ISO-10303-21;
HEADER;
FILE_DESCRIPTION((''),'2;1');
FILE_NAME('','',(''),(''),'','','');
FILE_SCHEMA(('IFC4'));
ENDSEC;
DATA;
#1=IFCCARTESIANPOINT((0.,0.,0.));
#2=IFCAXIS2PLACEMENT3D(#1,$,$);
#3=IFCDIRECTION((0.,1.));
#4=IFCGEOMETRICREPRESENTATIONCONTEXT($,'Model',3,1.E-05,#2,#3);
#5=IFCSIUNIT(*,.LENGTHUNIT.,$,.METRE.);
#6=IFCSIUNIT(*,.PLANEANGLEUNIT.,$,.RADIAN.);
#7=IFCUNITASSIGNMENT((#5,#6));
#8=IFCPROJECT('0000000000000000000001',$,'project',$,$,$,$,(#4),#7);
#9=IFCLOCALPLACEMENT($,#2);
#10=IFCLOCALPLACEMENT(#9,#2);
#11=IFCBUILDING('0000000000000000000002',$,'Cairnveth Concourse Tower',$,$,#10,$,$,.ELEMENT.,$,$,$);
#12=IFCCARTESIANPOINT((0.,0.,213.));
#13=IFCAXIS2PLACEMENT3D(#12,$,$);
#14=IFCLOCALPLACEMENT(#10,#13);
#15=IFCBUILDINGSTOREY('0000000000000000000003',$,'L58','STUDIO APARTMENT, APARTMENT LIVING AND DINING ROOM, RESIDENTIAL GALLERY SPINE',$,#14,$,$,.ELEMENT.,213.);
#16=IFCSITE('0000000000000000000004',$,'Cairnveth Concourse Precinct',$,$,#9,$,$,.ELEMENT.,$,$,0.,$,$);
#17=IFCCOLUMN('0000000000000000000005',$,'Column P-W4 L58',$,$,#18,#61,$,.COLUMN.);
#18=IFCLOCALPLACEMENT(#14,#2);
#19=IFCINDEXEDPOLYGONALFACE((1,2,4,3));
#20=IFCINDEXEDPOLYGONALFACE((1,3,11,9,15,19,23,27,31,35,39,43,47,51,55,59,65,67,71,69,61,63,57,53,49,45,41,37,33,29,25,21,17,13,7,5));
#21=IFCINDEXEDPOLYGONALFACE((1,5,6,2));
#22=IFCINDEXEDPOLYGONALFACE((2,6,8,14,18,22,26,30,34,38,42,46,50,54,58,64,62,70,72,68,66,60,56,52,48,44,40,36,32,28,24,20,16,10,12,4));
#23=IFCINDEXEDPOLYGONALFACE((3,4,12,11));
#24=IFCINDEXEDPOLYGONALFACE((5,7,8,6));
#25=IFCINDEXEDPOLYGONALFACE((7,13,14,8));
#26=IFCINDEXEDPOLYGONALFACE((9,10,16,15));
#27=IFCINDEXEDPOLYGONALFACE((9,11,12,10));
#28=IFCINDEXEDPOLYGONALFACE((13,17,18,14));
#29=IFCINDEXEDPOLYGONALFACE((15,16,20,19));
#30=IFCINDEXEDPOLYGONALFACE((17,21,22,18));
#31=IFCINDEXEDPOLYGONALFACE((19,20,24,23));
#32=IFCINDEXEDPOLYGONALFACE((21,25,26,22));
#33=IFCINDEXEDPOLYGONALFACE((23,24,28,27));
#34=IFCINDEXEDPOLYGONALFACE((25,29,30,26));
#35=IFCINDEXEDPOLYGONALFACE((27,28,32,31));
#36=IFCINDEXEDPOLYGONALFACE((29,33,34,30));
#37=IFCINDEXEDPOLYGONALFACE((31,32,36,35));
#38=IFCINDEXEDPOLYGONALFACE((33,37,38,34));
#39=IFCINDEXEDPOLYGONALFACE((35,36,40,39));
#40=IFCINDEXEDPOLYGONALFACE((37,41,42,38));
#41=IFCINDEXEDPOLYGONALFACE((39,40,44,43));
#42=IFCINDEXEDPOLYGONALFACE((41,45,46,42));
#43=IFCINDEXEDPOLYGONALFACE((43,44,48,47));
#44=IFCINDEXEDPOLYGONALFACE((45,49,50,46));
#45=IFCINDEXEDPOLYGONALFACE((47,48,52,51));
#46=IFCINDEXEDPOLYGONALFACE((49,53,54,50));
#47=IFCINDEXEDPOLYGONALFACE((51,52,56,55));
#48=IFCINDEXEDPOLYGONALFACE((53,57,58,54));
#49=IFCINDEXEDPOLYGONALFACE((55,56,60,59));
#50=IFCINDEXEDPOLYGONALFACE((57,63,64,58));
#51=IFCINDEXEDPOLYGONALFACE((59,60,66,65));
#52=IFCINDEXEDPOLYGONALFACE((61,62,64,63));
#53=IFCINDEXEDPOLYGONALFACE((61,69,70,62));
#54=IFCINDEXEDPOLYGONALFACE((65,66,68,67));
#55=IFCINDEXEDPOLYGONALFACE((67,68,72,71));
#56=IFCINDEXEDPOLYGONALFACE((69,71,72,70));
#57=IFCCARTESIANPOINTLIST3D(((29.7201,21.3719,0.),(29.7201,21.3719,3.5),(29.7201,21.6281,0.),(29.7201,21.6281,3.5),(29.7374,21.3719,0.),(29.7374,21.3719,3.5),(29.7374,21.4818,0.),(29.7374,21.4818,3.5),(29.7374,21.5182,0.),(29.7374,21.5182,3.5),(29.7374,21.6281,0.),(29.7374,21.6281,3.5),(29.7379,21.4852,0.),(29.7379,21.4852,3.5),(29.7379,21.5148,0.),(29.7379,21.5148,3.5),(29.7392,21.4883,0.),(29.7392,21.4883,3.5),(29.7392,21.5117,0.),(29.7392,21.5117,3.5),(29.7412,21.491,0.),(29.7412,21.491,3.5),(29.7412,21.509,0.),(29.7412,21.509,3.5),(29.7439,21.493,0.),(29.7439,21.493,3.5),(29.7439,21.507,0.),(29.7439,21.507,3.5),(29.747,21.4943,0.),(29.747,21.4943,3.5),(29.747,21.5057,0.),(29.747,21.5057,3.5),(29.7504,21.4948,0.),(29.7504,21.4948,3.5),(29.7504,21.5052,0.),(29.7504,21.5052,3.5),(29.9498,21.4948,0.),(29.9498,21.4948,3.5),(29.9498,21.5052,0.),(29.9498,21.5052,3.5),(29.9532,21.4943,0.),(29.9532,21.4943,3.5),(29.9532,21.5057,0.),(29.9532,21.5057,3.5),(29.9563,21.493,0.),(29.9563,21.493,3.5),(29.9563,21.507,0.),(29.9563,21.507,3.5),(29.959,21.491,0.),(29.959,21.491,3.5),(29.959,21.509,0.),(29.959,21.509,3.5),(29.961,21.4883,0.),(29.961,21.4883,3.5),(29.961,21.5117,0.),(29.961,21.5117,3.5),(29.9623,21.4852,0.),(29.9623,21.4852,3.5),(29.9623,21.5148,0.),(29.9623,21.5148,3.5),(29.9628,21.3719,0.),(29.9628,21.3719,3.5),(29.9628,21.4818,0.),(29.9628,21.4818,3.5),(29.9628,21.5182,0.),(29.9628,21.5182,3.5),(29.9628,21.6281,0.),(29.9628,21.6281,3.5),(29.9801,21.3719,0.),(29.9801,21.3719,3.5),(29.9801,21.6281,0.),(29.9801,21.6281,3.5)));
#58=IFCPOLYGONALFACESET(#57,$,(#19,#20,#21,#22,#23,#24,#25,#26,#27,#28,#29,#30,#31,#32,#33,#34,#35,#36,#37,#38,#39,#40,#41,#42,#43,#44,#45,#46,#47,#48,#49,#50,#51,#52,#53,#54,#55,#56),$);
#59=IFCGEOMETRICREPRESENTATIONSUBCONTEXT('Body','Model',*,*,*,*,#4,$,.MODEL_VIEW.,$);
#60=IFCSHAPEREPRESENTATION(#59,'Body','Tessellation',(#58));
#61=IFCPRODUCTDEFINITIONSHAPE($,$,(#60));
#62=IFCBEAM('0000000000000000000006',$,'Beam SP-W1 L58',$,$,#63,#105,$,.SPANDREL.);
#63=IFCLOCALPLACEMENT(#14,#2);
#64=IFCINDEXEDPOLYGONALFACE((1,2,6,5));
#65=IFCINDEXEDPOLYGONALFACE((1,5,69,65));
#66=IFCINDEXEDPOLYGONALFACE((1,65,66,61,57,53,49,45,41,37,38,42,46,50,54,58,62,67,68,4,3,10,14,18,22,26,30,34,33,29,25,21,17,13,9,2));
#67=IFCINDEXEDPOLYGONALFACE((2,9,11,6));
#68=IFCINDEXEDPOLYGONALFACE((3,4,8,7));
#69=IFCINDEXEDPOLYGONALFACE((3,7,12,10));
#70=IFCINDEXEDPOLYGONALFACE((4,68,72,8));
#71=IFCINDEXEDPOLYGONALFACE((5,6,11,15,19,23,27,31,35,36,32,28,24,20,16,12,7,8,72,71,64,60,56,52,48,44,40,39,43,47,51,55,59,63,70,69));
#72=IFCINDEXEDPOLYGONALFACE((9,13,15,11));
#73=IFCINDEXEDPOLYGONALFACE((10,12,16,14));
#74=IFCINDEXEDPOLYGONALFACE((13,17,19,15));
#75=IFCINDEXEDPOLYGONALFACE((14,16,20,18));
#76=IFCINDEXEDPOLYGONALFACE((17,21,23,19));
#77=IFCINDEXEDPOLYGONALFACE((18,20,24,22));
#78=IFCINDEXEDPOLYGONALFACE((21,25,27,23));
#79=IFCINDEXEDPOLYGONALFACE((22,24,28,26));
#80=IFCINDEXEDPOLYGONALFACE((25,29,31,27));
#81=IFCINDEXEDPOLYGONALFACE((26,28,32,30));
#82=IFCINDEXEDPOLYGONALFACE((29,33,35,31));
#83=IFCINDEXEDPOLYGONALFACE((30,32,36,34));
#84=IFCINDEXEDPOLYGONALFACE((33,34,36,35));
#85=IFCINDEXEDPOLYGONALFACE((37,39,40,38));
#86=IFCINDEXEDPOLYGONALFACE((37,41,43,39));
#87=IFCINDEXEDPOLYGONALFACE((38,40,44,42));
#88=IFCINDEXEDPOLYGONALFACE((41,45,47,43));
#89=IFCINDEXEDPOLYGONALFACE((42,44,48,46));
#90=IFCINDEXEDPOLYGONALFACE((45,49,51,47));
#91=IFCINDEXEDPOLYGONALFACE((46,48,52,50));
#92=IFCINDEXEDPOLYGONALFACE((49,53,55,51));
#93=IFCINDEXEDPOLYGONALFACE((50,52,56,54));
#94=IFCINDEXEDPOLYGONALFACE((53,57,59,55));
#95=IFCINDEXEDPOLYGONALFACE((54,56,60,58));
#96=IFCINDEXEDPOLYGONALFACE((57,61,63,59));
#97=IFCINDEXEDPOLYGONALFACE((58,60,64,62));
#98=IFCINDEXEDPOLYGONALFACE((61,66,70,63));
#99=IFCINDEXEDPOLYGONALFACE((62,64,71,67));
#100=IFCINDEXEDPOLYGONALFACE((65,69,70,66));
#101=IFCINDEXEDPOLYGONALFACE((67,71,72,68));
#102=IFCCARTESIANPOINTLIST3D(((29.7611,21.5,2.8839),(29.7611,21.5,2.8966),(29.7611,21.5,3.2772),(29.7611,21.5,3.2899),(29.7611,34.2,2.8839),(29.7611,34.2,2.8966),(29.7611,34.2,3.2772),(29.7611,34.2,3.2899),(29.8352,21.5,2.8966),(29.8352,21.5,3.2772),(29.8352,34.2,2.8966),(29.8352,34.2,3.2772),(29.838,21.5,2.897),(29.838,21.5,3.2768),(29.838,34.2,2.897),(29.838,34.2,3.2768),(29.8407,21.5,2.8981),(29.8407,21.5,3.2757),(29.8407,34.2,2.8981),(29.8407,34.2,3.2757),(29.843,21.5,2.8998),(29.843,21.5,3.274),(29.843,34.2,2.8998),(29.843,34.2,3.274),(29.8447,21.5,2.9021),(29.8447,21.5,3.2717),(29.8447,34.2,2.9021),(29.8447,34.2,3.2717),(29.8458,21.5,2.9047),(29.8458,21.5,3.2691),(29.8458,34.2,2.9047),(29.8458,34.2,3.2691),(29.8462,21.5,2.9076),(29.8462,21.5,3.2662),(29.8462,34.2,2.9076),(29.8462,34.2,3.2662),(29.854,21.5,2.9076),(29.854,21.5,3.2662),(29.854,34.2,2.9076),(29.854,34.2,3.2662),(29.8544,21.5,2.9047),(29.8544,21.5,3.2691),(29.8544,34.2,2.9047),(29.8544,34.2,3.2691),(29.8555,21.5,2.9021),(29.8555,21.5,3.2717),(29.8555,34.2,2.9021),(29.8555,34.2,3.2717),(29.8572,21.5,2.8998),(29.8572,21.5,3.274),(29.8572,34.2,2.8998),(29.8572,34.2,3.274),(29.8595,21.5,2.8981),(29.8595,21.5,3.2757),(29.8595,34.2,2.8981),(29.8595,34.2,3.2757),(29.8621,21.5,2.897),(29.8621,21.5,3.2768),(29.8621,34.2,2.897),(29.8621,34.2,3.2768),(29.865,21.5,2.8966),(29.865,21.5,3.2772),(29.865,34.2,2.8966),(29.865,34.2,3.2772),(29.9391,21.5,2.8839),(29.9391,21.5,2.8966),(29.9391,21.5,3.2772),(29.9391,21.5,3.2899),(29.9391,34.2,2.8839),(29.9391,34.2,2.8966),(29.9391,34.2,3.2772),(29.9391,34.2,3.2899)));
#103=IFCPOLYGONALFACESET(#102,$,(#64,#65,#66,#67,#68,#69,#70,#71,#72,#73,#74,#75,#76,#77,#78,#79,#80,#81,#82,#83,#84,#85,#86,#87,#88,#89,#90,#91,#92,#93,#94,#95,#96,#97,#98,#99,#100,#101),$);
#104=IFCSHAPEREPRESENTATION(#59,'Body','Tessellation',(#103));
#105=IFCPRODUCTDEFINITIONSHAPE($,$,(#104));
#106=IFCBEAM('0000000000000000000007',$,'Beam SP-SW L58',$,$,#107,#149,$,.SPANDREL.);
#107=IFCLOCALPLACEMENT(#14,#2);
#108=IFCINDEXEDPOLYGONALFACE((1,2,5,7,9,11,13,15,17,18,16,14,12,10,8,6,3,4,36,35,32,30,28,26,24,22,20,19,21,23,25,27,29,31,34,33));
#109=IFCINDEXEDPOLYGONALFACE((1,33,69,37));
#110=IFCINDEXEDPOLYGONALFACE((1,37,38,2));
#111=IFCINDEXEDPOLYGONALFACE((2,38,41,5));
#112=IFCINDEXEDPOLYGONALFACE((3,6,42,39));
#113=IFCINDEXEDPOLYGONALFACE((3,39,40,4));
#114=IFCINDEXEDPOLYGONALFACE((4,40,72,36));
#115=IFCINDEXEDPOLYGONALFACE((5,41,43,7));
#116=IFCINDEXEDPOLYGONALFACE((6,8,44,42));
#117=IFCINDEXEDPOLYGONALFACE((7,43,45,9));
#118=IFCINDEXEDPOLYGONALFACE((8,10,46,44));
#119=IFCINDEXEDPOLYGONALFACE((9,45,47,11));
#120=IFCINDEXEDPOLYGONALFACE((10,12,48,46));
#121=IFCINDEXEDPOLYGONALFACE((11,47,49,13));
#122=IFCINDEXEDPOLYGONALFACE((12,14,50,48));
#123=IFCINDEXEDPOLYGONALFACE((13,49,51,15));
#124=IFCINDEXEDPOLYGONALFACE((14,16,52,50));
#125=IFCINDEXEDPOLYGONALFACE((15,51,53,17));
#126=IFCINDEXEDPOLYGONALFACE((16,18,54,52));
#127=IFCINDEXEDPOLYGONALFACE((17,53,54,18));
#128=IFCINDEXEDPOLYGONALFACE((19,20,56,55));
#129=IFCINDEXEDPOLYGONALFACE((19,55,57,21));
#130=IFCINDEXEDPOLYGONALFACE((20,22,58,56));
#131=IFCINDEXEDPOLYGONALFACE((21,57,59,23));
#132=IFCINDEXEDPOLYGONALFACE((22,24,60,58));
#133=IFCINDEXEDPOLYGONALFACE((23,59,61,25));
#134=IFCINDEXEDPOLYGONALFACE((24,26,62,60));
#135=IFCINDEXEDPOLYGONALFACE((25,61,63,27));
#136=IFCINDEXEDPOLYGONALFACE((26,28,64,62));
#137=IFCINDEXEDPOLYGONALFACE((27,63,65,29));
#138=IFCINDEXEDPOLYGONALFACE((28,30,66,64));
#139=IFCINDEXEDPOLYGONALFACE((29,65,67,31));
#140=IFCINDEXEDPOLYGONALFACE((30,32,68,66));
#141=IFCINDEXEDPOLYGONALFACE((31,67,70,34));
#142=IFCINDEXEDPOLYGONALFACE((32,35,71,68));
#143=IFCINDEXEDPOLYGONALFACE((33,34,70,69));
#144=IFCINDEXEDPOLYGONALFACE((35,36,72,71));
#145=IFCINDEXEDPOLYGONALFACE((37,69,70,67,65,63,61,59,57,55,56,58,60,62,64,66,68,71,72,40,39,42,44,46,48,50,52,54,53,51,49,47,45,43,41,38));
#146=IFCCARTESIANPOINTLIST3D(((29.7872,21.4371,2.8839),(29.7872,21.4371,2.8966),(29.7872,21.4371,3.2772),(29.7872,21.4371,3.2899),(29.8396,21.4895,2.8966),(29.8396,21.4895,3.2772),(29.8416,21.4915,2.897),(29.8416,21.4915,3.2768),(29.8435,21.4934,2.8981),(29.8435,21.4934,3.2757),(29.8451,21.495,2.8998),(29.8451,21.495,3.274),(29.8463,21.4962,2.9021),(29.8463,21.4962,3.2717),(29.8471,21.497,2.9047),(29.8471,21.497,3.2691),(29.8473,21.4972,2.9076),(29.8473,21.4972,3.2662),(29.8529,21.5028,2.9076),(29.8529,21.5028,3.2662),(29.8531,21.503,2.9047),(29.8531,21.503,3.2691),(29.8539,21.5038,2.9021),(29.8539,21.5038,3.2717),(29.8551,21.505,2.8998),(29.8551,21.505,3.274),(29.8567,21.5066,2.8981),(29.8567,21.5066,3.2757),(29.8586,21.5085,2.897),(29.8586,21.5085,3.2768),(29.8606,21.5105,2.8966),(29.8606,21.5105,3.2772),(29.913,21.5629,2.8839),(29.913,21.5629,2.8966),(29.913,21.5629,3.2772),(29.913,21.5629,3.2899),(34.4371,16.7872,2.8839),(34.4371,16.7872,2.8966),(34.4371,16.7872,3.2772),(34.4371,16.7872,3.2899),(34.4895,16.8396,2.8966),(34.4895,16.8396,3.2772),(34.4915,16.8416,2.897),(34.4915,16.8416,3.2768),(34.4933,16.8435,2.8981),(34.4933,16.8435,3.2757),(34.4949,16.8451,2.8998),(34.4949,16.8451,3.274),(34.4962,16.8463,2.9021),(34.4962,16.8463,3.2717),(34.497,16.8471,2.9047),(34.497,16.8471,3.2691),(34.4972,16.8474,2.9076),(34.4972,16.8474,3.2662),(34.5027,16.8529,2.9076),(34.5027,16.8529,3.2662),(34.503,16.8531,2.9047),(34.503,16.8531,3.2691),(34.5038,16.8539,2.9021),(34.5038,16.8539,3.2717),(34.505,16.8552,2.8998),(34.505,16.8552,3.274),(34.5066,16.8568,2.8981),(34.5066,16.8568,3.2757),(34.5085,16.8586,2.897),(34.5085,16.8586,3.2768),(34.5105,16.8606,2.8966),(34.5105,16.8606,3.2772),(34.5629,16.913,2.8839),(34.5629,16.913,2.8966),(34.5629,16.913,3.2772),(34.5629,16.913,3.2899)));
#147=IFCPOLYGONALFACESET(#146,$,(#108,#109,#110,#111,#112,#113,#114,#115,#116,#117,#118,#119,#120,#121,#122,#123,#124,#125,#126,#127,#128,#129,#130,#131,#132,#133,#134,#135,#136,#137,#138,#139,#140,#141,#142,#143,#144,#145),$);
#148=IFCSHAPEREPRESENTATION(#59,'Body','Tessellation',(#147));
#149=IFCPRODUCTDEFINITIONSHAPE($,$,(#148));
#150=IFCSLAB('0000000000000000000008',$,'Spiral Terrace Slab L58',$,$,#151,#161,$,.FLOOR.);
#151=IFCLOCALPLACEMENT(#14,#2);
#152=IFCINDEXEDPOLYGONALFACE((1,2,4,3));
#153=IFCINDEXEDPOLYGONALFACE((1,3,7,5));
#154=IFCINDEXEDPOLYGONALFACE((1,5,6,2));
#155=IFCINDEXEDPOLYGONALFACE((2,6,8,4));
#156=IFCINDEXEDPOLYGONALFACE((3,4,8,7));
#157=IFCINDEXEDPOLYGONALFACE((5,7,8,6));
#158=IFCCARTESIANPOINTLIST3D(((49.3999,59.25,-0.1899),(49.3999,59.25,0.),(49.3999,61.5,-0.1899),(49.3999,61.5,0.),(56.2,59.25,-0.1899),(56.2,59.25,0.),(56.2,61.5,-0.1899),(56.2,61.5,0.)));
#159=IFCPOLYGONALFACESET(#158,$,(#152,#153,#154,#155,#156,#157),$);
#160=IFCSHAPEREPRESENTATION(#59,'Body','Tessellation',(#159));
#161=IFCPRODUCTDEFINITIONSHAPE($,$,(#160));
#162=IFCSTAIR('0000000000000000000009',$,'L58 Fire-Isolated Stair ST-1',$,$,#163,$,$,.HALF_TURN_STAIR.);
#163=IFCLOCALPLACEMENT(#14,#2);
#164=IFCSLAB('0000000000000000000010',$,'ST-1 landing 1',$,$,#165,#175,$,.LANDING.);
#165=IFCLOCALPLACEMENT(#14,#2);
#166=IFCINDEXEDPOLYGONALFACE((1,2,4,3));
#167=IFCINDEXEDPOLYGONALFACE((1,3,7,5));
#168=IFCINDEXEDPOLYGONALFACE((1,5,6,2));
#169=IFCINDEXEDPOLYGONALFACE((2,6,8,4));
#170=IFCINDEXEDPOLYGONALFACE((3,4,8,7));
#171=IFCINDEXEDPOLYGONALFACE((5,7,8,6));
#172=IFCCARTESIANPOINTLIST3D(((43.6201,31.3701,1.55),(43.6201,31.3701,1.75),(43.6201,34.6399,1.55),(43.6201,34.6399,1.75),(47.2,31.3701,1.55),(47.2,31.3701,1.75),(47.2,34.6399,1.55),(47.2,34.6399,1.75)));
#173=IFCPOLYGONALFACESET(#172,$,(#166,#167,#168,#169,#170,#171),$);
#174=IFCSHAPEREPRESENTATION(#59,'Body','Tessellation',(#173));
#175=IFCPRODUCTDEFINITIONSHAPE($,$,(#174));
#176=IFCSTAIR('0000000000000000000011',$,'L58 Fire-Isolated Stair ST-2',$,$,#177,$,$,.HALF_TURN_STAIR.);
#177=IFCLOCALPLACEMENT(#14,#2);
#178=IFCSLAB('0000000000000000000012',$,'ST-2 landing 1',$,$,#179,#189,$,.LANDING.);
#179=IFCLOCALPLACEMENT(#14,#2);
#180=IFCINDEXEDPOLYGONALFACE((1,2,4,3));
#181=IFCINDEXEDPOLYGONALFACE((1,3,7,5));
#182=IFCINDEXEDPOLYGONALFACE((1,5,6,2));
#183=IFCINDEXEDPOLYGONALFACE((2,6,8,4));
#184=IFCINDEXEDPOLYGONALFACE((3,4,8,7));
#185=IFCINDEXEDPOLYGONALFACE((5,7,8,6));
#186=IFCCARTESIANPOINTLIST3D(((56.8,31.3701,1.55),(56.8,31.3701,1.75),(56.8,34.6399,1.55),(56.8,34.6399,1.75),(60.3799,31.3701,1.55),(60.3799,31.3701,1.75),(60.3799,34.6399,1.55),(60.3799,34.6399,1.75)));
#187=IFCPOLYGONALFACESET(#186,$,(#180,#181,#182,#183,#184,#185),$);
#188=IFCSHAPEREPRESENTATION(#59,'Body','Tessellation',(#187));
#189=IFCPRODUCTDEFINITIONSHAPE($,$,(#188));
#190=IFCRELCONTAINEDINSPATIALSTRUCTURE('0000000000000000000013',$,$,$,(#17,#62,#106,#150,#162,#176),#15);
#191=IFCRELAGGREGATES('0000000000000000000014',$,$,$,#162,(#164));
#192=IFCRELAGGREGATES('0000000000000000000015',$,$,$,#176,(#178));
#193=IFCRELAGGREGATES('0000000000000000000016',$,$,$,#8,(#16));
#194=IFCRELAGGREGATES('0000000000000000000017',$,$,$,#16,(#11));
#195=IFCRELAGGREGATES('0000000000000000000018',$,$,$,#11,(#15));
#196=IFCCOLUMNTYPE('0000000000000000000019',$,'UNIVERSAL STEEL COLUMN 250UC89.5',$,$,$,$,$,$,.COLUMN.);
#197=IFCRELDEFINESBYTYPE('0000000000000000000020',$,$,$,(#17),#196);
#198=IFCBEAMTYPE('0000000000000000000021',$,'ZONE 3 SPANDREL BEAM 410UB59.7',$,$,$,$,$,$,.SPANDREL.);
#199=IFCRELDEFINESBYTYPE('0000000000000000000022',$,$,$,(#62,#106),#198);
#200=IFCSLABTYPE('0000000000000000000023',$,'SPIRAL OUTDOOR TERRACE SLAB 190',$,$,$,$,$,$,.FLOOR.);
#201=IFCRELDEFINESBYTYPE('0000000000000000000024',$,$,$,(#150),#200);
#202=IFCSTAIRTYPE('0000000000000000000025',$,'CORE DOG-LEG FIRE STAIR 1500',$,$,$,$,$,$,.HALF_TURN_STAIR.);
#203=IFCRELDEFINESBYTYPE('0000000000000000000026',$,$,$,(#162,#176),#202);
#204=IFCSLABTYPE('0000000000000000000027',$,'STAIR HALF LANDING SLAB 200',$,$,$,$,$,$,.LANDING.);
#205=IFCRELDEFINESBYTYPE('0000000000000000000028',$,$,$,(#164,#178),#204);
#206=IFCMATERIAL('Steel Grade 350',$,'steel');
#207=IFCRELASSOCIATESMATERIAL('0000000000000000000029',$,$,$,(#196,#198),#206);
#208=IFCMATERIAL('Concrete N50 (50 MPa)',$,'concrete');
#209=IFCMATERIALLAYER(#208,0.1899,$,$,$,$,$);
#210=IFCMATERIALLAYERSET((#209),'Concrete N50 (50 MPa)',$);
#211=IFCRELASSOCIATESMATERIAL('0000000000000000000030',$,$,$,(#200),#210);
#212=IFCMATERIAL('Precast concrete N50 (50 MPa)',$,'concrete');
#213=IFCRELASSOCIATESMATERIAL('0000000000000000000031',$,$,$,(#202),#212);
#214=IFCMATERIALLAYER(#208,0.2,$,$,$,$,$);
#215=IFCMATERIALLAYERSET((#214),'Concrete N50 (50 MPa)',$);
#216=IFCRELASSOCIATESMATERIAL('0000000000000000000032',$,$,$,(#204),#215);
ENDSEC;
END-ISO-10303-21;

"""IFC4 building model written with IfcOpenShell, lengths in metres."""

from ifc_helpers import new_model, si_unit, direction, frame, origin, origin_2d, place, context, subcontext, project, spatial, polyline, i_section, outline, extrude, material, layer, layer_set, material_profile, profile_set, type_object, element, aggregate, save


model = new_model("IFC4")

# Units and contexts
model_context = context("Model", 3, precision=1e-05, world=origin(), true_north=direction((0.0, 1.0)))
body_context = subcontext(model_context, "Body", "Model", "MODEL_VIEW")
ifc_project = project(units=[si_unit("LENGTHUNIT", "METRE"), si_unit("PLANEANGLEUNIT", "RADIAN")], contexts=[model_context])

# Site, building, storey
site_placement = place(None, origin())
site = spatial("IfcSite", under=ifc_project, at=site_placement, Name="Cairnveth Concourse Precinct", CompositionType="ELEMENT", RefElevation=0.0)
building_placement = place(site_placement, origin())
building = spatial("IfcBuilding", under=site, at=building_placement, Name="Cairnveth Concourse Tower", CompositionType="ELEMENT")
storey_placement = place(building_placement, frame((0.0, 0.0, 213.0)))
storey = spatial("IfcBuildingStorey", under=building, at=storey_placement, Name="L58", Description="STUDIO APARTMENT, APARTMENT LIVING AND DINING ROOM, RESIDENTIAL GALLERY SPINE", CompositionType="ELEMENT", Elevation=213.0)

# Column
ifc_material_1 = material(Name="Steel Grade 350", Category="steel")
ifc_material_profile_1 = material_profile(ifc_material_1, i_section(OverallWidth=0.2561, OverallDepth=0.26, WebThickness=0.0105, FlangeThickness=0.0173, FilletRadius=0.0129, at=origin_2d()), Name="250UC89.5")
ifc_profile_set_1 = profile_set([ifc_material_profile_1], Name="Steel Grade 350")
column_type = type_object("IfcColumnType", Name="UNIVERSAL STEEL COLUMN 250UC89.5", PredefinedType="COLUMN", material=ifc_profile_set_1)
column_placement = place(storey_placement, frame((29.8501, 21.5, 0.0), z_axis=(0.0, 0.0, 1.0), x_axis=(0.0, 1.0, 0.0)))
element("IfcColumn", 1, at=column_placement, inside=storey, type_object=column_type, Name="Column P-W4 L58", PredefinedType="COLUMN", context=body_context, shape_type="SweptSolid", body=[
    extrude(i_section(OverallWidth=0.2561, OverallDepth=0.26, WebThickness=0.0105, FlangeThickness=0.0173, FilletRadius=0.0129, at=origin_2d()), origin(), (0.0, 0.0, 1.0), 3.5),
])

# Beams
ifc_material_profile_2 = material_profile(ifc_material_1, i_section(OverallWidth=0.178, OverallDepth=0.406, WebThickness=0.0078, FlangeThickness=0.0127, FilletRadius=0.011, at=origin_2d()), Name="410UB59.7")
ifc_profile_set_2 = profile_set([ifc_material_profile_2], Name="Steel Grade 350")
beam_type = type_object("IfcBeamType", Name="ZONE 3 SPANDREL BEAM 410UB59.7", PredefinedType="SPANDREL", material=ifc_profile_set_2)
beam_1_placement = place(storey_placement, frame((29.8501, 21.5, 3.0869), z_axis=(0.0, 1.0, 0.0), x_axis=(-1.0, 0.0, 0.0)))
element("IfcBeam", 2, at=beam_1_placement, inside=storey, type_object=beam_type, Name="Beam SP-W1 L58", PredefinedType="SPANDREL", context=body_context, shape_type="SweptSolid", body=[
    extrude(i_section(OverallWidth=0.178, OverallDepth=0.406, WebThickness=0.0078, FlangeThickness=0.0127, FilletRadius=0.011, at=origin_2d()), origin(), (0.0, 0.0, 1.0), 12.7),
])
beam_2_placement = place(storey_placement, frame((29.8501, 21.5, 3.0869), z_axis=(0.707107, -0.707107, 0.0), x_axis=(0.707107, 0.707107, 0.0)))
element("IfcBeam", 3, at=beam_2_placement, inside=storey, type_object=beam_type, Name="Beam SP-SW L58", PredefinedType="SPANDREL", context=body_context, shape_type="SweptSolid", body=[
    extrude(i_section(OverallWidth=0.178, OverallDepth=0.406, WebThickness=0.0078, FlangeThickness=0.0127, FilletRadius=0.011, at=origin_2d()), origin(), (0.0, 0.0, 1.0), 6.5759),
])

# Slab
ifc_material_2 = material(Name="Concrete N50 (50 MPa)", Category="concrete")
ifc_layer_1 = layer(ifc_material_2, 0.1899)
ifc_layer_set_1 = layer_set([ifc_layer_1], Name="Concrete N50 (50 MPa)")
slab_type_1 = type_object("IfcSlabType", Name="SPIRAL OUTDOOR TERRACE SLAB 190", PredefinedType="FLOOR", material=ifc_layer_set_1)
slab_1_placement = place(storey_placement, frame((0.0, 0.0, -0.1899)))
element("IfcSlab", 4, at=slab_1_placement, inside=storey, type_object=slab_type_1, Name="Spiral Terrace Slab L58", PredefinedType="FLOOR", context=body_context, shape_type="SweptSolid", body=[
    extrude(outline(polyline([(49.3999, 59.25), (56.2, 59.25), (56.2, 61.5), (49.3999, 61.5), (49.3999, 59.25)])), origin(), (0.0, 0.0, 1.0), 0.1899),
])

# Stairs, slabs
ifc_material_3 = material(Name="Precast concrete N50 (50 MPa)", Category="concrete")
stair_type = type_object("IfcStairType", Name="CORE DOG-LEG FIRE STAIR 1500", PredefinedType="HALF_TURN_STAIR", material=ifc_material_3)
stair_1_placement = place(storey_placement, origin())
stair_1 = element("IfcStair", 5, at=stair_1_placement, inside=storey, type_object=stair_type, Name="L58 Fire-Isolated Stair ST-1", PredefinedType="HALF_TURN_STAIR")
ifc_layer_2 = layer(ifc_material_2, 0.2)
ifc_layer_set_2 = layer_set([ifc_layer_2], Name="Concrete N50 (50 MPa)")
slab_type_2 = type_object("IfcSlabType", Name="STAIR HALF LANDING SLAB 200", PredefinedType="LANDING", material=ifc_layer_set_2)
slab_2_placement = place(storey_placement, frame((0.0, 0.0, 1.55)))
slab_2 = element("IfcSlab", 6, at=slab_2_placement, type_object=slab_type_2, Name="ST-1 landing 1", PredefinedType="LANDING", context=body_context, shape_type="SweptSolid", body=[
    extrude(outline(polyline([(43.6201, 34.6399), (43.6201, 31.3701), (47.2, 31.3701), (47.2, 34.6399), (43.6201, 34.6399)])), origin(), (0.0, 0.0, 1.0), 0.2),
])
aggregate(stair_1, [slab_2])
stair_2_placement = place(storey_placement, origin())
stair_2 = element("IfcStair", 7, at=stair_2_placement, inside=storey, type_object=stair_type, Name="L58 Fire-Isolated Stair ST-2", PredefinedType="HALF_TURN_STAIR")
slab_3_placement = place(storey_placement, frame((0.0, 0.0, 1.55)))
slab_3 = element("IfcSlab", 8, at=slab_3_placement, type_object=slab_type_2, Name="ST-2 landing 1", PredefinedType="LANDING", context=body_context, shape_type="SweptSolid", body=[
    extrude(outline(polyline([(56.8, 34.6399), (56.8, 31.3701), (60.3799, 31.3701), (60.3799, 34.6399), (56.8, 34.6399)])), origin(), (0.0, 0.0, 1.0), 0.2),
])
aggregate(stair_2, [slab_3])

save(model, "model.ifc")
